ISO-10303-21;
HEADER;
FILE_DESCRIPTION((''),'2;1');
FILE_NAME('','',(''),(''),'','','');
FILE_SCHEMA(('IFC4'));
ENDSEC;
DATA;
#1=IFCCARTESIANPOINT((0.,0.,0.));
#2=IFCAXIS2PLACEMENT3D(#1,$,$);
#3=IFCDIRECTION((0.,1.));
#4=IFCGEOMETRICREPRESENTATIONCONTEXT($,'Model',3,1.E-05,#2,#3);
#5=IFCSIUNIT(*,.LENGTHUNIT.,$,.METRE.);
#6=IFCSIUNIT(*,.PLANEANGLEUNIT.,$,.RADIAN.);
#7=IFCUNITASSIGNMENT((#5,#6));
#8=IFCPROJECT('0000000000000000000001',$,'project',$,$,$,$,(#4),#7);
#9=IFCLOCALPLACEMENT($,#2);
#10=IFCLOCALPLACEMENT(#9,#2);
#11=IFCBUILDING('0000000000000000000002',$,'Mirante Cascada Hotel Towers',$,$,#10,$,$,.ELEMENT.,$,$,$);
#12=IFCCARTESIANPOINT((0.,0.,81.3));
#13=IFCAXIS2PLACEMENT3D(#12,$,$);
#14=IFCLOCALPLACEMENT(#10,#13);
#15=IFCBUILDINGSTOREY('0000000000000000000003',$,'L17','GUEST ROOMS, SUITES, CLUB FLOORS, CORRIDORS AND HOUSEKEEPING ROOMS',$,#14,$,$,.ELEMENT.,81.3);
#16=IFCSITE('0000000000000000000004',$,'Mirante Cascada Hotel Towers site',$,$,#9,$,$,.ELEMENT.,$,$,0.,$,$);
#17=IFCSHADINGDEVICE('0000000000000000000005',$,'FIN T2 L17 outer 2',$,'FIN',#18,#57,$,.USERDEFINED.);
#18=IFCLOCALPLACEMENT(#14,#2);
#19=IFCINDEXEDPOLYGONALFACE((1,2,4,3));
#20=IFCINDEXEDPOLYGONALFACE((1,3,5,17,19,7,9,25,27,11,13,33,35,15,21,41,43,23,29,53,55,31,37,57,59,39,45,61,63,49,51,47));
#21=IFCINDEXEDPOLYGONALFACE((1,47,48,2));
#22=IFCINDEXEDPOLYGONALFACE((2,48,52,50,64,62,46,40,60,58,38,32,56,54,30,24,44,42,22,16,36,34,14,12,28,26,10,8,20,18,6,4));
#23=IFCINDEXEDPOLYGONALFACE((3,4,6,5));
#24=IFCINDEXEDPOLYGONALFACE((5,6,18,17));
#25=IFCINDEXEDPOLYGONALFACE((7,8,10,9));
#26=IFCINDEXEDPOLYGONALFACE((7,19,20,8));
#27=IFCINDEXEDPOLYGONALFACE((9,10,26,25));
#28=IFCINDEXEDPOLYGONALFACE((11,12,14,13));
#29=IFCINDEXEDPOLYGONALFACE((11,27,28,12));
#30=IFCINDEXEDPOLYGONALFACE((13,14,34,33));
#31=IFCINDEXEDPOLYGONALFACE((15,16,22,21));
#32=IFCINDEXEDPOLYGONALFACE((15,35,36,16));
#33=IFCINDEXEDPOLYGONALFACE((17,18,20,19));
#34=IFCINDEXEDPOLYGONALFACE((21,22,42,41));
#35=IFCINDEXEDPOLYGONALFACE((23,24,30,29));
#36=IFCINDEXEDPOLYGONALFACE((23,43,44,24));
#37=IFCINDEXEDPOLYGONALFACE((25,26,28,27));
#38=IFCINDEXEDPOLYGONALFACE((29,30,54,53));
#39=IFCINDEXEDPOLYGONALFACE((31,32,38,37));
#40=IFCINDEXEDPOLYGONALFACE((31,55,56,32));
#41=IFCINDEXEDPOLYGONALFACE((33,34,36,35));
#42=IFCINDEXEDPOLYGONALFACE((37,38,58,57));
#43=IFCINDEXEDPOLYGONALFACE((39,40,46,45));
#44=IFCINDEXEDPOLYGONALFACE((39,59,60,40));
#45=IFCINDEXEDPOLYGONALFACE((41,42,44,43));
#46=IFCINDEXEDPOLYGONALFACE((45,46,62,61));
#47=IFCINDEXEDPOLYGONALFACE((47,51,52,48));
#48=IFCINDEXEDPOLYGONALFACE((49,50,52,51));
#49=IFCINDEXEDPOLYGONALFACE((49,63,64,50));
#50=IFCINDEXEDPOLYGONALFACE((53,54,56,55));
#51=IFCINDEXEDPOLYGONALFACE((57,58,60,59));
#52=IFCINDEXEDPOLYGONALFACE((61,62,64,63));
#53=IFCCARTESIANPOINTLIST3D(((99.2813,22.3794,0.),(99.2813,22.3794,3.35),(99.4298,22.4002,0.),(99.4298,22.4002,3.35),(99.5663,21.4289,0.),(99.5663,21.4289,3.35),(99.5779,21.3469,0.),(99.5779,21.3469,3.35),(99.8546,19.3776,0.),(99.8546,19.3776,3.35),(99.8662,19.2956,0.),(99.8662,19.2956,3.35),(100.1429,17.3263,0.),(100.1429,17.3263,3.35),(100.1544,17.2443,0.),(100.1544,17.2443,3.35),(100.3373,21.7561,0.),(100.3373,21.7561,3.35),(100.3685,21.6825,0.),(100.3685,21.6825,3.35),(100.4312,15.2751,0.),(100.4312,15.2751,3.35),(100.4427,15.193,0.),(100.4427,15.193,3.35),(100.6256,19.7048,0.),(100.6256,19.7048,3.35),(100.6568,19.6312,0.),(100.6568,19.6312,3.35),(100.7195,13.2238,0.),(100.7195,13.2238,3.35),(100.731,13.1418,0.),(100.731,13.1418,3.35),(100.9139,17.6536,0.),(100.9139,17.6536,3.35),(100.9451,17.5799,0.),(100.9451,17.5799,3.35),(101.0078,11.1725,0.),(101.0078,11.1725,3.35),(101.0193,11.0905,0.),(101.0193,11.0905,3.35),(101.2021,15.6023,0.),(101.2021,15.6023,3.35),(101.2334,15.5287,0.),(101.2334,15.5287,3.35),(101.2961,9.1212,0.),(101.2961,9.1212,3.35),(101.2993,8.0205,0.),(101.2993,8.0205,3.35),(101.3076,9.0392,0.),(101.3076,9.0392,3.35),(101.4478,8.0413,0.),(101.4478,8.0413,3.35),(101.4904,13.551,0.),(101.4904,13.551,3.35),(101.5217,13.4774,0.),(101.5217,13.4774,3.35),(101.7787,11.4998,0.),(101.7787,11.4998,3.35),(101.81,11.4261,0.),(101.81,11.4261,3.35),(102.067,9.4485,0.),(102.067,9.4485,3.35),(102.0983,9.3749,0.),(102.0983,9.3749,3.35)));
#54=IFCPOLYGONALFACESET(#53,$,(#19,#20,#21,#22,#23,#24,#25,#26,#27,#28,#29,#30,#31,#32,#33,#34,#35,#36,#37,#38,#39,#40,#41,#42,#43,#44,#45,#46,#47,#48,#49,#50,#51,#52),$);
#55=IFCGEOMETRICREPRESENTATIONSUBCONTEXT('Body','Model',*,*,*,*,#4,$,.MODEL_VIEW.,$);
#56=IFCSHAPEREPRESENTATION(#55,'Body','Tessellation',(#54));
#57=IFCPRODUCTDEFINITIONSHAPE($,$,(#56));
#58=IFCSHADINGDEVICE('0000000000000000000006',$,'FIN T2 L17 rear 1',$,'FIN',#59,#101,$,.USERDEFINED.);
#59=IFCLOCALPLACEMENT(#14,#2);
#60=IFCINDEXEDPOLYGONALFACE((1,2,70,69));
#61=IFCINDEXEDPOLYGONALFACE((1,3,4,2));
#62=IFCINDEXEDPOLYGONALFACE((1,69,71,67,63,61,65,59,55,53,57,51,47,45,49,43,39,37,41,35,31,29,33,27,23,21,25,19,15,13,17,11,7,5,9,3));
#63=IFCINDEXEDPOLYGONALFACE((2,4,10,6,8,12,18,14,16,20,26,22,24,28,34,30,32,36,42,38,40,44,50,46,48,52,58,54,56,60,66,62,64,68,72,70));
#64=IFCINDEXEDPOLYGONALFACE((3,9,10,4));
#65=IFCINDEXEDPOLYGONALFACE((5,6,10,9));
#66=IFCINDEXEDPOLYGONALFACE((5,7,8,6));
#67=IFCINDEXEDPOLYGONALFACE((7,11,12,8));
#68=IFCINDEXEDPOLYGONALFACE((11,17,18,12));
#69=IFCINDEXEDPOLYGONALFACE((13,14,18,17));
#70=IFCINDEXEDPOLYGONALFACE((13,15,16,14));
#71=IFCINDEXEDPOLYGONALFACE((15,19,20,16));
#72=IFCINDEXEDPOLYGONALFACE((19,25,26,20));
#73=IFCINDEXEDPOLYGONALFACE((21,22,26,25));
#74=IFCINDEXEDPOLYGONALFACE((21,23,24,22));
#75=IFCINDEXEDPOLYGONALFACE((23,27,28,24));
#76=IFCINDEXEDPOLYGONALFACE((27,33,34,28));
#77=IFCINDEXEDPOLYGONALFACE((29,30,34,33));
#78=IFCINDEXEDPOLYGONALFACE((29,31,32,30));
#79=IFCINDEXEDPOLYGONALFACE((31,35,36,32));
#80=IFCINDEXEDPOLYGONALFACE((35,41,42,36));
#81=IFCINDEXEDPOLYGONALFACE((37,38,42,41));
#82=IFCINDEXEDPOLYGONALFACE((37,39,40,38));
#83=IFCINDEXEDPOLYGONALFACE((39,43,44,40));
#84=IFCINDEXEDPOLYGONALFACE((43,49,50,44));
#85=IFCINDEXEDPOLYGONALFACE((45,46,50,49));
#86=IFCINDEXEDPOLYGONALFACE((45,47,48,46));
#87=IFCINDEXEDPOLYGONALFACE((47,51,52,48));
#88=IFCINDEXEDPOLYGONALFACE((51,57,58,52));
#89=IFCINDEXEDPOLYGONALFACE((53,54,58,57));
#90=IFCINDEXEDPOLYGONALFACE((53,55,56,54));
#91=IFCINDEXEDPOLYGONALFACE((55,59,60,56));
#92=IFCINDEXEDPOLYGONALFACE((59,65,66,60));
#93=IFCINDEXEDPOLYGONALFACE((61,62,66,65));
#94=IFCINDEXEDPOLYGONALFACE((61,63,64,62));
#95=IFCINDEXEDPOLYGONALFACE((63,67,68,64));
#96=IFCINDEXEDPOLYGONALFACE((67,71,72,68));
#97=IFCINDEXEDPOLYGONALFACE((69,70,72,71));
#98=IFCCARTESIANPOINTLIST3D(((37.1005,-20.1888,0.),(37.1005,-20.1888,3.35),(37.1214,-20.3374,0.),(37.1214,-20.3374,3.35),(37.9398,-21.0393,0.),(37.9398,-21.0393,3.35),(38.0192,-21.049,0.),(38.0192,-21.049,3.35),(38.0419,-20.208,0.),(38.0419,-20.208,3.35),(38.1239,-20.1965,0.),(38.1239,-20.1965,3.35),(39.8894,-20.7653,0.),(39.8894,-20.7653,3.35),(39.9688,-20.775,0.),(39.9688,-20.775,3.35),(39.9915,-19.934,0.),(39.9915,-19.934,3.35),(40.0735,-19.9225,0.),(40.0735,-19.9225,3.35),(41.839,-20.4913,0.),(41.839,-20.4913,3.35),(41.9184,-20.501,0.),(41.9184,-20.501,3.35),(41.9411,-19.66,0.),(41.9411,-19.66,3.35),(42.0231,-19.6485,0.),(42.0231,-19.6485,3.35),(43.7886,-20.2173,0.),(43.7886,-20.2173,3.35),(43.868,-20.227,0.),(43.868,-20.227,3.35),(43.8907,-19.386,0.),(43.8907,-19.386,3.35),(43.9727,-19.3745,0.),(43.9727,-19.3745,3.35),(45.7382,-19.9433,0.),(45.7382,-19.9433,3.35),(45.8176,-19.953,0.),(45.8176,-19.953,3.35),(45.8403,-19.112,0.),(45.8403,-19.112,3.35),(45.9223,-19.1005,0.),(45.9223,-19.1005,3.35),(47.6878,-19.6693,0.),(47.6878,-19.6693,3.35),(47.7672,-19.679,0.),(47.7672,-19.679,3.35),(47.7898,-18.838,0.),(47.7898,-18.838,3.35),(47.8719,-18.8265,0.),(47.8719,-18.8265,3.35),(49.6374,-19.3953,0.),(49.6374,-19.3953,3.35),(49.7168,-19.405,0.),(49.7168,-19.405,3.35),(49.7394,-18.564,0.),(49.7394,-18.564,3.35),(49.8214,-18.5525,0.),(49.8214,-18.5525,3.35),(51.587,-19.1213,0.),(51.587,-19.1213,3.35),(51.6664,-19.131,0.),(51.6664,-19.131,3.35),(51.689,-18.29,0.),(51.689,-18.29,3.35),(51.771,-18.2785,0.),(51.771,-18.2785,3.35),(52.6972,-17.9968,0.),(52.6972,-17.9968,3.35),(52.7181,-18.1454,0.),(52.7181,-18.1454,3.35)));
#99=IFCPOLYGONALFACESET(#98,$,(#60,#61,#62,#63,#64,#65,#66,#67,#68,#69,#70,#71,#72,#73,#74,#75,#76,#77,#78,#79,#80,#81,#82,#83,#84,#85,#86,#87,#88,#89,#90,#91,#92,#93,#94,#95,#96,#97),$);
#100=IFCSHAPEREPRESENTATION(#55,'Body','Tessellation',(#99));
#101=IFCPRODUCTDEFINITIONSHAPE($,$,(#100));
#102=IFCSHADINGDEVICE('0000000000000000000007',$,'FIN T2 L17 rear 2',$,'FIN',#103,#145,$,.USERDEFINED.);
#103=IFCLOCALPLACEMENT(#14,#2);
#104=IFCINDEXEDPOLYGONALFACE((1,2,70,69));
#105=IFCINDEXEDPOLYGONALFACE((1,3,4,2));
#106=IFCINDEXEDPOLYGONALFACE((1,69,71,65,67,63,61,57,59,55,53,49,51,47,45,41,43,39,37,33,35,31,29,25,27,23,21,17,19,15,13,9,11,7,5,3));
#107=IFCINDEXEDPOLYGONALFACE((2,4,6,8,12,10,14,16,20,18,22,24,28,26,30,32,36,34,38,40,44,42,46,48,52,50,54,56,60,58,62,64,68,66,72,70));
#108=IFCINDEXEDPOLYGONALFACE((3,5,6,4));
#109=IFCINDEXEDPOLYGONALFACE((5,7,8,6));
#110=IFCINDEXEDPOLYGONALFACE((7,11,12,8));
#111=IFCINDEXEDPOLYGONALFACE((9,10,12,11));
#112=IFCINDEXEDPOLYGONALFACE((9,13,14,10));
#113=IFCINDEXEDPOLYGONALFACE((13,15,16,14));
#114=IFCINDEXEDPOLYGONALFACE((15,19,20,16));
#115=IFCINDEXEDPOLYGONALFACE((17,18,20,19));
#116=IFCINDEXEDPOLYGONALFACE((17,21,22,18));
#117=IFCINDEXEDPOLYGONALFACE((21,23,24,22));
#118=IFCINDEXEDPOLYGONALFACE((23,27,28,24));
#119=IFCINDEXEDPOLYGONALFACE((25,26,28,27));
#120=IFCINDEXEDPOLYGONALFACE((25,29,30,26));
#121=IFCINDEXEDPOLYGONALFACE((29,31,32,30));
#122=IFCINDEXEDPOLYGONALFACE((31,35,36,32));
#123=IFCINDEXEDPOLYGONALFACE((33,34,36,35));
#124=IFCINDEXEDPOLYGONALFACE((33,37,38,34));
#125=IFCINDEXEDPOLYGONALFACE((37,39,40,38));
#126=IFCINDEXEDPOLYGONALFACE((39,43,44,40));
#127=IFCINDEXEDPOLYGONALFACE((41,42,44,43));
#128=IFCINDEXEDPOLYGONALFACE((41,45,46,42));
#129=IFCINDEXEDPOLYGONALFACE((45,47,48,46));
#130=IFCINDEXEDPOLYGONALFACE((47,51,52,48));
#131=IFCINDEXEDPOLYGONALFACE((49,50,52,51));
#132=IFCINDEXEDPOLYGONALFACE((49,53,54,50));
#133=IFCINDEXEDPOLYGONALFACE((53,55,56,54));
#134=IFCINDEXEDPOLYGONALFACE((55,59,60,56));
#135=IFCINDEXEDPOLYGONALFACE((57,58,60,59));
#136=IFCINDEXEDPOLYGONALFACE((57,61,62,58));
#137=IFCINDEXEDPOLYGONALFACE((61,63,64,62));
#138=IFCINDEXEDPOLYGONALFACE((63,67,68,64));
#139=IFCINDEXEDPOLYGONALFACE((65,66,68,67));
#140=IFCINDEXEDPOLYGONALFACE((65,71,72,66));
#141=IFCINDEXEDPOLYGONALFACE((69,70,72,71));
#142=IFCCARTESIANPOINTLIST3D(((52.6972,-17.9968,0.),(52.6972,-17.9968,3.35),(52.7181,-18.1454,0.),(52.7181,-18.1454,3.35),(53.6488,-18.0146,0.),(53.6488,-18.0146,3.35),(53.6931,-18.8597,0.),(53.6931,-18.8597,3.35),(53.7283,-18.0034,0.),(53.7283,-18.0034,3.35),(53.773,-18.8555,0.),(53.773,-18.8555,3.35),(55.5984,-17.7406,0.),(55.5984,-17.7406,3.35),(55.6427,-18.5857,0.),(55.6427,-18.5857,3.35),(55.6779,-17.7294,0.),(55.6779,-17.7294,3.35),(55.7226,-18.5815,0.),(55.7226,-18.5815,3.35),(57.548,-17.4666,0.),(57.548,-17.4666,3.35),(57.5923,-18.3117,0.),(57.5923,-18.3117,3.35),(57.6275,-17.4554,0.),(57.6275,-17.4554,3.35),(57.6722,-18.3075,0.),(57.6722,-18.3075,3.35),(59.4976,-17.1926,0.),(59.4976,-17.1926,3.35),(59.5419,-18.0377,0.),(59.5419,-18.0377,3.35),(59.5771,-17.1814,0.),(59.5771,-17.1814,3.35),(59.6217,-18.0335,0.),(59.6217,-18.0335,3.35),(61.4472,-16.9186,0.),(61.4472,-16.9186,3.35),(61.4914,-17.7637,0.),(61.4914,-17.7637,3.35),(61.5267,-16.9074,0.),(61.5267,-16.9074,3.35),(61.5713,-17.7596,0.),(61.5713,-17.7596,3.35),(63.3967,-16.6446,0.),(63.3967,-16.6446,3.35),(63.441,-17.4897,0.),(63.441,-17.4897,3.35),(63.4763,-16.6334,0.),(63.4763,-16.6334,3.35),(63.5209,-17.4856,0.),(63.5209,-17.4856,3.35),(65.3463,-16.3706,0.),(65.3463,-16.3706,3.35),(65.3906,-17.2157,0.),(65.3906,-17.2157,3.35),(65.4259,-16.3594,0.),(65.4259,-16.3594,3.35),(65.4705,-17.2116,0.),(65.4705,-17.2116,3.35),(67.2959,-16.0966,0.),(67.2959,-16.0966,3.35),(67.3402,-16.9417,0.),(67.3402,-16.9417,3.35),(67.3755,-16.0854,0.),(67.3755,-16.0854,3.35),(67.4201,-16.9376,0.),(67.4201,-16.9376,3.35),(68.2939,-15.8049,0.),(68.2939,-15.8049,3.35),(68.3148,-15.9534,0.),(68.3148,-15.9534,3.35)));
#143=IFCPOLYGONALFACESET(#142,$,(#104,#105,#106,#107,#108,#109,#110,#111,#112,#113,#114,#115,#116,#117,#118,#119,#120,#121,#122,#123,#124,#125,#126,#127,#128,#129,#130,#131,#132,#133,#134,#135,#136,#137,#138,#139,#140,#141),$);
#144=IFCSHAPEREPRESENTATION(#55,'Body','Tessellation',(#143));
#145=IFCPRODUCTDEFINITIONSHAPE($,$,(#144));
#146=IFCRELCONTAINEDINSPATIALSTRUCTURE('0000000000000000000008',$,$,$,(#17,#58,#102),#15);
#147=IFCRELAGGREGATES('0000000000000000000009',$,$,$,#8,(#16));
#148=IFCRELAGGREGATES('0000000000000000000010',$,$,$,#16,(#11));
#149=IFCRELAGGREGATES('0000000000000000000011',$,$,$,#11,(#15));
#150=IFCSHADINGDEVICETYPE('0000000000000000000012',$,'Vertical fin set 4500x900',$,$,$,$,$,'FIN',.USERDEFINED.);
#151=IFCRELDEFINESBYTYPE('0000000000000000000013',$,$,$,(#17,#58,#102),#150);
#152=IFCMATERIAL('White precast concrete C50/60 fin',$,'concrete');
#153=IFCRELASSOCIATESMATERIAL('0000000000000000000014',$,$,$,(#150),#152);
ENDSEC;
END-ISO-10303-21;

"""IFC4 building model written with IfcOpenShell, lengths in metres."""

from ifc_helpers import new_model, si_unit, direction, frame, origin, place, context, subcontext, project, spatial, polyline, outline, extrude, material, type_object, element, save


model = new_model("IFC4")

# Units and contexts
model_context = context("Model", 3, precision=1e-05, world=origin(), true_north=direction((0.0, 1.0)))
body_context = subcontext(model_context, "Body", "Model", "MODEL_VIEW")
ifc_project = project(units=[si_unit("LENGTHUNIT", "METRE"), si_unit("PLANEANGLEUNIT", "RADIAN")], contexts=[model_context])

# Site, building, storey
site_placement = place(None, origin())
site = spatial("IfcSite", under=ifc_project, at=site_placement, Name="Mirante Cascada Hotel Towers site", CompositionType="ELEMENT", RefElevation=0.0)
building_placement = place(site_placement, origin())
building = spatial("IfcBuilding", under=site, at=building_placement, Name="Mirante Cascada Hotel Towers", CompositionType="ELEMENT")
storey_placement = place(building_placement, frame((0.0, 0.0, 81.3)))
storey = spatial("IfcBuildingStorey", under=building, at=storey_placement, Name="L17", Description="GUEST ROOMS, SUITES, CLUB FLOORS, CORRIDORS AND HOUSEKEEPING ROOMS", CompositionType="ELEMENT", Elevation=81.3)

# Shading devices
ifc_material_1 = material(Name="White precast concrete C50/60 fin", Category="concrete")
shading_device_type = type_object("IfcShadingDeviceType", Name="Vertical fin set 4500x900", ElementType="FIN", PredefinedType="USERDEFINED", material=ifc_material_1)
shading_device_1_placement = place(storey_placement, origin())
element("IfcShadingDevice", 1, at=shading_device_1_placement, inside=storey, type_object=shading_device_type, Name="FIN T2 L17 outer 2", ObjectType="FIN", PredefinedType="USERDEFINED", context=body_context, shape_type="SweptSolid", body=[
    extrude(outline(polyline([(102.0983, 9.3749), (101.3076, 9.0392), (101.4478, 8.0413), (101.2993, 8.0205), (99.2813, 22.3794), (99.4298, 22.4002), (99.5663, 21.4289), (100.3373, 21.7561), (100.3685, 21.6825), (99.5779, 21.3469), (99.8546, 19.3776), (100.6256, 19.7048), (100.6568, 19.6312), (99.8662, 19.2956), (100.1429, 17.3263), (100.9139, 17.6536), (100.9451, 17.5799), (100.1544, 17.2443), (100.4312, 15.2751), (101.2021, 15.6023), (101.2334, 15.5287), (100.4427, 15.193), (100.7195, 13.2238), (101.4904, 13.551), (101.5217, 13.4774), (100.731, 13.1418), (101.0078, 11.1725), (101.7787, 11.4998), (101.81, 11.4261), (101.0193, 11.0905), (101.2961, 9.1212), (102.067, 9.4485), (102.0983, 9.3749)])), origin(), (0.0, 0.0, 1.0), 3.35),
])
shading_device_2_placement = place(storey_placement, origin())
element("IfcShadingDevice", 2, at=shading_device_2_placement, inside=storey, type_object=shading_device_type, Name="FIN T2 L17 rear 1", ObjectType="FIN", PredefinedType="USERDEFINED", context=body_context, shape_type="SweptSolid", body=[
    extrude(outline(polyline([(37.9398, -21.0393), (38.0419, -20.208), (37.1214, -20.3374), (37.1005, -20.1888), (52.6972, -17.9968), (52.7181, -18.1454), (51.771, -18.2785), (51.6664, -19.131), (51.587, -19.1213), (51.689, -18.29), (49.8214, -18.5525), (49.7168, -19.405), (49.6374, -19.3953), (49.7394, -18.564), (47.8719, -18.8265), (47.7672, -19.679), (47.6878, -19.6693), (47.7898, -18.838), (45.9223, -19.1005), (45.8176, -19.953), (45.7382, -19.9433), (45.8403, -19.112), (43.9727, -19.3745), (43.868, -20.227), (43.7886, -20.2173), (43.8907, -19.386), (42.0231, -19.6485), (41.9184, -20.501), (41.839, -20.4913), (41.9411, -19.66), (40.0735, -19.9225), (39.9688, -20.775), (39.8894, -20.7653), (39.9915, -19.934), (38.1239, -20.1965), (38.0192, -21.049), (37.9398, -21.0393)])), origin(), (0.0, 0.0, 1.0), 3.35),
])
shading_device_3_placement = place(storey_placement, origin())
element("IfcShadingDevice", 3, at=shading_device_3_placement, inside=storey, type_object=shading_device_type, Name="FIN T2 L17 rear 2", ObjectType="FIN", PredefinedType="USERDEFINED", context=body_context, shape_type="SweptSolid", body=[
    extrude(outline(polyline([(53.6931, -18.8597), (53.6488, -18.0146), (52.7181, -18.1454), (52.6972, -17.9968), (68.2939, -15.8049), (68.3148, -15.9534), (67.3755, -16.0854), (67.4201, -16.9376), (67.3402, -16.9417), (67.2959, -16.0966), (65.4259, -16.3594), (65.4705, -17.2116), (65.3906, -17.2157), (65.3463, -16.3706), (63.4763, -16.6334), (63.5209, -17.4856), (63.441, -17.4897), (63.3967, -16.6446), (61.5267, -16.9074), (61.5713, -17.7596), (61.4914, -17.7637), (61.4472, -16.9186), (59.5771, -17.1814), (59.6217, -18.0335), (59.5419, -18.0377), (59.4976, -17.1926), (57.6275, -17.4554), (57.6722, -18.3075), (57.5923, -18.3117), (57.548, -17.4666), (55.6779, -17.7294), (55.7226, -18.5815), (55.6427, -18.5857), (55.5984, -17.7406), (53.7283, -18.0034), (53.773, -18.8555), (53.6931, -18.8597)])), origin(), (0.0, 0.0, 1.0), 3.35),
])

save(model, "model.ifc")
